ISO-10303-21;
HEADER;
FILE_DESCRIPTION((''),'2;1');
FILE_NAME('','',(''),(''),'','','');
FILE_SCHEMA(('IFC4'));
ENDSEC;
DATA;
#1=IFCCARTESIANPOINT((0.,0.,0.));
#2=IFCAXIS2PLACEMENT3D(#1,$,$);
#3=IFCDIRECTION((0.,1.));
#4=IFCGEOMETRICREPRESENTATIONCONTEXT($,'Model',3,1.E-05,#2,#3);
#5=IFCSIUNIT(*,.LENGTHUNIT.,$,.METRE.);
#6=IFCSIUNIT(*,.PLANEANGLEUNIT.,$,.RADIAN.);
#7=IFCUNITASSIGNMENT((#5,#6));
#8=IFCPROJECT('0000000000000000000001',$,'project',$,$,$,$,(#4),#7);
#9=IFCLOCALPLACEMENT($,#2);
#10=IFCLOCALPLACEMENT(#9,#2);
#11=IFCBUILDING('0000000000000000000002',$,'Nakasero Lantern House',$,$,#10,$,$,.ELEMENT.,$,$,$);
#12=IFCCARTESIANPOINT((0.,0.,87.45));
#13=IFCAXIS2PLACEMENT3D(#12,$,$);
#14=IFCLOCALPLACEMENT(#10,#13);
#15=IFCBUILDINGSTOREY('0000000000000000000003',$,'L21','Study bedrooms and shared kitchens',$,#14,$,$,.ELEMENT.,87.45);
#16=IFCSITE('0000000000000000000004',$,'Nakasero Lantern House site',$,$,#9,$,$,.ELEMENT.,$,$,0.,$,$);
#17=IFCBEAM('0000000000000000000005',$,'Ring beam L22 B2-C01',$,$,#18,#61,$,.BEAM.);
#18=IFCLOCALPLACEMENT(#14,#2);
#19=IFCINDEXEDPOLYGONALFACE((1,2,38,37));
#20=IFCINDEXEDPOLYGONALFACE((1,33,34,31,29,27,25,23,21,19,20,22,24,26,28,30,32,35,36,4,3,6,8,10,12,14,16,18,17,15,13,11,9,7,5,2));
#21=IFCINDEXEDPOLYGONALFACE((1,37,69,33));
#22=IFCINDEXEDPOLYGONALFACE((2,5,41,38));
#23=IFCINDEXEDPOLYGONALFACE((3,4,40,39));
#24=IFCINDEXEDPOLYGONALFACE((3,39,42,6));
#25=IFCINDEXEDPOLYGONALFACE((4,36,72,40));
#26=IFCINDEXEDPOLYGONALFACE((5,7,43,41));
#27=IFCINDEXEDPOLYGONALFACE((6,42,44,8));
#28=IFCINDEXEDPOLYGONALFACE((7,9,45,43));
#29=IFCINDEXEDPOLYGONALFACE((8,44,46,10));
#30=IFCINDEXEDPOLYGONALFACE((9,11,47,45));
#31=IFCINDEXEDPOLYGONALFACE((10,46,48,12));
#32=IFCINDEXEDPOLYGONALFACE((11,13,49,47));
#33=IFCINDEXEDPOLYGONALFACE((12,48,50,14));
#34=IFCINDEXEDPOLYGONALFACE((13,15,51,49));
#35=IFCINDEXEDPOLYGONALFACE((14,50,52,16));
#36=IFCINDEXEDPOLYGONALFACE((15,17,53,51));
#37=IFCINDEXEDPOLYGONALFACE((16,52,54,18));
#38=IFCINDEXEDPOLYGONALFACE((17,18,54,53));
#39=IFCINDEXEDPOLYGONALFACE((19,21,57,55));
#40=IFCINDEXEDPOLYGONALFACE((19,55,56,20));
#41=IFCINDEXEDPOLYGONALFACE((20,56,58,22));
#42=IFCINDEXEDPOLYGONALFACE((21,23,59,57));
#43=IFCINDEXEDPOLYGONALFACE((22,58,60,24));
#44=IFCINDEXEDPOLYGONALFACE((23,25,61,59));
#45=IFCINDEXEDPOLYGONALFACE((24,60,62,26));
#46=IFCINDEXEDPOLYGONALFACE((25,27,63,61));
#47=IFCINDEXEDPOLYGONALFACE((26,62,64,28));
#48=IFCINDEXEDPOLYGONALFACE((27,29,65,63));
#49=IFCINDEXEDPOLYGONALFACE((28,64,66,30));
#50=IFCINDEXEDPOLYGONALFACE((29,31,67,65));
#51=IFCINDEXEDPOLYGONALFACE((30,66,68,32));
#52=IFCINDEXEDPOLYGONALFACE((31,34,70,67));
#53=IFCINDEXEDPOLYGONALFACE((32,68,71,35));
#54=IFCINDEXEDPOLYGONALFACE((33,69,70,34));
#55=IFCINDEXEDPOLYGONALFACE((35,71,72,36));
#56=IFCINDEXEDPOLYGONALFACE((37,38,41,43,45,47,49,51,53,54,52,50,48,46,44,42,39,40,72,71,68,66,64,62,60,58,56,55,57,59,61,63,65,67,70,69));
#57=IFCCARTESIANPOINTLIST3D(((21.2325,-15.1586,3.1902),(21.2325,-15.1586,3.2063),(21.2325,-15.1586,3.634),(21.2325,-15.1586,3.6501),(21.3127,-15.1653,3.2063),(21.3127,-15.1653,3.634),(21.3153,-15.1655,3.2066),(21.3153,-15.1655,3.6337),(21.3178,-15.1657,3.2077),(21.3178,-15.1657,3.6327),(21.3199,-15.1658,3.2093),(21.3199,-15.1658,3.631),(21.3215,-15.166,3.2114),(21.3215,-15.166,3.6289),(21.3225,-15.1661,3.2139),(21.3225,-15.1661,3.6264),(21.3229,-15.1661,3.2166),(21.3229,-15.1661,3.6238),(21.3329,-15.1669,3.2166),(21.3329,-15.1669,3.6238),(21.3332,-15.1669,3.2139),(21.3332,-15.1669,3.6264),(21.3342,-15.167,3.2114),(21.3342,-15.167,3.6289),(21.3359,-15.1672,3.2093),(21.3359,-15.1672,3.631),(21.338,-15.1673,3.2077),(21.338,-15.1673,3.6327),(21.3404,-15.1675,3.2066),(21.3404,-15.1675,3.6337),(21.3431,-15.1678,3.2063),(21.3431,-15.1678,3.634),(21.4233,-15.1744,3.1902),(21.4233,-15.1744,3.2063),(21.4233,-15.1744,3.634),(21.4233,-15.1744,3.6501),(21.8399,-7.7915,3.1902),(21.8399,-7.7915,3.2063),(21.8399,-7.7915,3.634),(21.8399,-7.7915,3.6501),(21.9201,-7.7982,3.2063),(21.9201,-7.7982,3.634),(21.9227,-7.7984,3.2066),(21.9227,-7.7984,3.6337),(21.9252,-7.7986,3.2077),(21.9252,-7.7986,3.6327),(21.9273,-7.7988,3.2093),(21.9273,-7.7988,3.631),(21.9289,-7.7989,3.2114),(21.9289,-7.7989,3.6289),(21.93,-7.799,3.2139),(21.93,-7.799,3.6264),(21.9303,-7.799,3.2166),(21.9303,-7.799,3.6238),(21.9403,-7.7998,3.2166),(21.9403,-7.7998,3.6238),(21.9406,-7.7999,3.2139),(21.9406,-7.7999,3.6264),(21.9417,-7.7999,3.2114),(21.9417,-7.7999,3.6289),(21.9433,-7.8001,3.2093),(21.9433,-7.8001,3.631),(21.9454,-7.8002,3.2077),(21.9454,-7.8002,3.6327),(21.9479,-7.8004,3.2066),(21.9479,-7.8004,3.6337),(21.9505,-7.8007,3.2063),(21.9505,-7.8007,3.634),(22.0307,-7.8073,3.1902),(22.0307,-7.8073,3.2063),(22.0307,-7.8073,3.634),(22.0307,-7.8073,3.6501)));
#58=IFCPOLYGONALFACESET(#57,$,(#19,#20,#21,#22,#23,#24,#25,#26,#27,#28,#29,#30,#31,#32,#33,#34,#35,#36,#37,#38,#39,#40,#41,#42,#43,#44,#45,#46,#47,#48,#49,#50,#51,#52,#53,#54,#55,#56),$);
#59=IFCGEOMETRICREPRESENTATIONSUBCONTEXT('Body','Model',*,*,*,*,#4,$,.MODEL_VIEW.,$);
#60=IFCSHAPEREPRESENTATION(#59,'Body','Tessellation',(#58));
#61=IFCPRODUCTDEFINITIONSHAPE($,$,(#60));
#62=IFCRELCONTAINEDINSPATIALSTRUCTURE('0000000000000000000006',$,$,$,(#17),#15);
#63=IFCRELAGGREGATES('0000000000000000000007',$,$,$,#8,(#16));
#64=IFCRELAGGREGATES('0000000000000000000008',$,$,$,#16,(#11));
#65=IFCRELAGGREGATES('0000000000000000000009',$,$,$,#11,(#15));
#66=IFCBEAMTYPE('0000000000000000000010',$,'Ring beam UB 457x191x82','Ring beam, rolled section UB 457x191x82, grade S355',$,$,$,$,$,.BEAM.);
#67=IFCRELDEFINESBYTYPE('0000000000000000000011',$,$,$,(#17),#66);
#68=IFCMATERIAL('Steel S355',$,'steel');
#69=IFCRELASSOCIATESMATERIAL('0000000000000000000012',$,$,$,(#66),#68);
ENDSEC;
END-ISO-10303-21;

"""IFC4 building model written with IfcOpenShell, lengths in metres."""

from ifc_helpers import new_model, si_unit, direction, frame, origin, origin_2d, place, context, subcontext, project, spatial, i_section, extrude, material, material_profile, profile_set, type_object, element, save


model = new_model("IFC4")

# Units and contexts
model_context = context("Model", 3, precision=1e-05, world=origin(), true_north=direction((0.0, 1.0)))
body_context = subcontext(model_context, "Body", "Model", "MODEL_VIEW")
ifc_project = project(units=[si_unit("LENGTHUNIT", "METRE"), si_unit("PLANEANGLEUNIT", "RADIAN")], contexts=[model_context])

# Site, building, storey
site_placement = place(None, origin())
site = spatial("IfcSite", under=ifc_project, at=site_placement, Name="Nakasero Lantern House site", CompositionType="ELEMENT", RefElevation=0.0)
building_placement = place(site_placement, origin())
building = spatial("IfcBuilding", under=site, at=building_placement, Name="Nakasero Lantern House", CompositionType="ELEMENT")
storey_placement = place(building_placement, frame((0.0, 0.0, 87.45)))
storey = spatial("IfcBuildingStorey", under=building, at=storey_placement, Name="L21", Description="Study bedrooms and shared kitchens", CompositionType="ELEMENT", Elevation=87.45)

# Beam
ifc_material_1 = material(Name="Steel S355", Category="steel")
ifc_material_profile_1 = material_profile(ifc_material_1, i_section(OverallWidth=0.1914, OverallDepth=0.46, WebThickness=0.01, FlangeThickness=0.0161, FilletRadius=0.0103, at=origin_2d()), Name="UB 457x191x82")
ifc_profile_set_1 = profile_set([ifc_material_profile_1], Name="Steel S355")
beam_type_1 = type_object("IfcBeamType", Name="Ring beam UB 457x191x82", Description="Ring beam, rolled section UB 457x191x82, grade S355", PredefinedType="BEAM", material=ifc_profile_set_1)
beam_1_placement = place(storey_placement, frame((21.3279, -15.1665, 3.4202), z_axis=(0.082171, 0.996618, 0.0), x_axis=(-0.996618, 0.082171, 0.0)))
element("IfcBeam", 1, at=beam_1_placement, inside=storey, type_object=beam_type_1, Name="Ring beam L22 B2-C01", PredefinedType="BEAM", context=body_context, shape_type="SweptSolid", body=[
    extrude(i_section(OverallWidth=0.1914, OverallDepth=0.46, WebThickness=0.01, FlangeThickness=0.0161, FilletRadius=0.0103, at=origin_2d()), origin(), (0.0, 0.0, 1.0), 7.3921),
])

save(model, "model.ifc")
